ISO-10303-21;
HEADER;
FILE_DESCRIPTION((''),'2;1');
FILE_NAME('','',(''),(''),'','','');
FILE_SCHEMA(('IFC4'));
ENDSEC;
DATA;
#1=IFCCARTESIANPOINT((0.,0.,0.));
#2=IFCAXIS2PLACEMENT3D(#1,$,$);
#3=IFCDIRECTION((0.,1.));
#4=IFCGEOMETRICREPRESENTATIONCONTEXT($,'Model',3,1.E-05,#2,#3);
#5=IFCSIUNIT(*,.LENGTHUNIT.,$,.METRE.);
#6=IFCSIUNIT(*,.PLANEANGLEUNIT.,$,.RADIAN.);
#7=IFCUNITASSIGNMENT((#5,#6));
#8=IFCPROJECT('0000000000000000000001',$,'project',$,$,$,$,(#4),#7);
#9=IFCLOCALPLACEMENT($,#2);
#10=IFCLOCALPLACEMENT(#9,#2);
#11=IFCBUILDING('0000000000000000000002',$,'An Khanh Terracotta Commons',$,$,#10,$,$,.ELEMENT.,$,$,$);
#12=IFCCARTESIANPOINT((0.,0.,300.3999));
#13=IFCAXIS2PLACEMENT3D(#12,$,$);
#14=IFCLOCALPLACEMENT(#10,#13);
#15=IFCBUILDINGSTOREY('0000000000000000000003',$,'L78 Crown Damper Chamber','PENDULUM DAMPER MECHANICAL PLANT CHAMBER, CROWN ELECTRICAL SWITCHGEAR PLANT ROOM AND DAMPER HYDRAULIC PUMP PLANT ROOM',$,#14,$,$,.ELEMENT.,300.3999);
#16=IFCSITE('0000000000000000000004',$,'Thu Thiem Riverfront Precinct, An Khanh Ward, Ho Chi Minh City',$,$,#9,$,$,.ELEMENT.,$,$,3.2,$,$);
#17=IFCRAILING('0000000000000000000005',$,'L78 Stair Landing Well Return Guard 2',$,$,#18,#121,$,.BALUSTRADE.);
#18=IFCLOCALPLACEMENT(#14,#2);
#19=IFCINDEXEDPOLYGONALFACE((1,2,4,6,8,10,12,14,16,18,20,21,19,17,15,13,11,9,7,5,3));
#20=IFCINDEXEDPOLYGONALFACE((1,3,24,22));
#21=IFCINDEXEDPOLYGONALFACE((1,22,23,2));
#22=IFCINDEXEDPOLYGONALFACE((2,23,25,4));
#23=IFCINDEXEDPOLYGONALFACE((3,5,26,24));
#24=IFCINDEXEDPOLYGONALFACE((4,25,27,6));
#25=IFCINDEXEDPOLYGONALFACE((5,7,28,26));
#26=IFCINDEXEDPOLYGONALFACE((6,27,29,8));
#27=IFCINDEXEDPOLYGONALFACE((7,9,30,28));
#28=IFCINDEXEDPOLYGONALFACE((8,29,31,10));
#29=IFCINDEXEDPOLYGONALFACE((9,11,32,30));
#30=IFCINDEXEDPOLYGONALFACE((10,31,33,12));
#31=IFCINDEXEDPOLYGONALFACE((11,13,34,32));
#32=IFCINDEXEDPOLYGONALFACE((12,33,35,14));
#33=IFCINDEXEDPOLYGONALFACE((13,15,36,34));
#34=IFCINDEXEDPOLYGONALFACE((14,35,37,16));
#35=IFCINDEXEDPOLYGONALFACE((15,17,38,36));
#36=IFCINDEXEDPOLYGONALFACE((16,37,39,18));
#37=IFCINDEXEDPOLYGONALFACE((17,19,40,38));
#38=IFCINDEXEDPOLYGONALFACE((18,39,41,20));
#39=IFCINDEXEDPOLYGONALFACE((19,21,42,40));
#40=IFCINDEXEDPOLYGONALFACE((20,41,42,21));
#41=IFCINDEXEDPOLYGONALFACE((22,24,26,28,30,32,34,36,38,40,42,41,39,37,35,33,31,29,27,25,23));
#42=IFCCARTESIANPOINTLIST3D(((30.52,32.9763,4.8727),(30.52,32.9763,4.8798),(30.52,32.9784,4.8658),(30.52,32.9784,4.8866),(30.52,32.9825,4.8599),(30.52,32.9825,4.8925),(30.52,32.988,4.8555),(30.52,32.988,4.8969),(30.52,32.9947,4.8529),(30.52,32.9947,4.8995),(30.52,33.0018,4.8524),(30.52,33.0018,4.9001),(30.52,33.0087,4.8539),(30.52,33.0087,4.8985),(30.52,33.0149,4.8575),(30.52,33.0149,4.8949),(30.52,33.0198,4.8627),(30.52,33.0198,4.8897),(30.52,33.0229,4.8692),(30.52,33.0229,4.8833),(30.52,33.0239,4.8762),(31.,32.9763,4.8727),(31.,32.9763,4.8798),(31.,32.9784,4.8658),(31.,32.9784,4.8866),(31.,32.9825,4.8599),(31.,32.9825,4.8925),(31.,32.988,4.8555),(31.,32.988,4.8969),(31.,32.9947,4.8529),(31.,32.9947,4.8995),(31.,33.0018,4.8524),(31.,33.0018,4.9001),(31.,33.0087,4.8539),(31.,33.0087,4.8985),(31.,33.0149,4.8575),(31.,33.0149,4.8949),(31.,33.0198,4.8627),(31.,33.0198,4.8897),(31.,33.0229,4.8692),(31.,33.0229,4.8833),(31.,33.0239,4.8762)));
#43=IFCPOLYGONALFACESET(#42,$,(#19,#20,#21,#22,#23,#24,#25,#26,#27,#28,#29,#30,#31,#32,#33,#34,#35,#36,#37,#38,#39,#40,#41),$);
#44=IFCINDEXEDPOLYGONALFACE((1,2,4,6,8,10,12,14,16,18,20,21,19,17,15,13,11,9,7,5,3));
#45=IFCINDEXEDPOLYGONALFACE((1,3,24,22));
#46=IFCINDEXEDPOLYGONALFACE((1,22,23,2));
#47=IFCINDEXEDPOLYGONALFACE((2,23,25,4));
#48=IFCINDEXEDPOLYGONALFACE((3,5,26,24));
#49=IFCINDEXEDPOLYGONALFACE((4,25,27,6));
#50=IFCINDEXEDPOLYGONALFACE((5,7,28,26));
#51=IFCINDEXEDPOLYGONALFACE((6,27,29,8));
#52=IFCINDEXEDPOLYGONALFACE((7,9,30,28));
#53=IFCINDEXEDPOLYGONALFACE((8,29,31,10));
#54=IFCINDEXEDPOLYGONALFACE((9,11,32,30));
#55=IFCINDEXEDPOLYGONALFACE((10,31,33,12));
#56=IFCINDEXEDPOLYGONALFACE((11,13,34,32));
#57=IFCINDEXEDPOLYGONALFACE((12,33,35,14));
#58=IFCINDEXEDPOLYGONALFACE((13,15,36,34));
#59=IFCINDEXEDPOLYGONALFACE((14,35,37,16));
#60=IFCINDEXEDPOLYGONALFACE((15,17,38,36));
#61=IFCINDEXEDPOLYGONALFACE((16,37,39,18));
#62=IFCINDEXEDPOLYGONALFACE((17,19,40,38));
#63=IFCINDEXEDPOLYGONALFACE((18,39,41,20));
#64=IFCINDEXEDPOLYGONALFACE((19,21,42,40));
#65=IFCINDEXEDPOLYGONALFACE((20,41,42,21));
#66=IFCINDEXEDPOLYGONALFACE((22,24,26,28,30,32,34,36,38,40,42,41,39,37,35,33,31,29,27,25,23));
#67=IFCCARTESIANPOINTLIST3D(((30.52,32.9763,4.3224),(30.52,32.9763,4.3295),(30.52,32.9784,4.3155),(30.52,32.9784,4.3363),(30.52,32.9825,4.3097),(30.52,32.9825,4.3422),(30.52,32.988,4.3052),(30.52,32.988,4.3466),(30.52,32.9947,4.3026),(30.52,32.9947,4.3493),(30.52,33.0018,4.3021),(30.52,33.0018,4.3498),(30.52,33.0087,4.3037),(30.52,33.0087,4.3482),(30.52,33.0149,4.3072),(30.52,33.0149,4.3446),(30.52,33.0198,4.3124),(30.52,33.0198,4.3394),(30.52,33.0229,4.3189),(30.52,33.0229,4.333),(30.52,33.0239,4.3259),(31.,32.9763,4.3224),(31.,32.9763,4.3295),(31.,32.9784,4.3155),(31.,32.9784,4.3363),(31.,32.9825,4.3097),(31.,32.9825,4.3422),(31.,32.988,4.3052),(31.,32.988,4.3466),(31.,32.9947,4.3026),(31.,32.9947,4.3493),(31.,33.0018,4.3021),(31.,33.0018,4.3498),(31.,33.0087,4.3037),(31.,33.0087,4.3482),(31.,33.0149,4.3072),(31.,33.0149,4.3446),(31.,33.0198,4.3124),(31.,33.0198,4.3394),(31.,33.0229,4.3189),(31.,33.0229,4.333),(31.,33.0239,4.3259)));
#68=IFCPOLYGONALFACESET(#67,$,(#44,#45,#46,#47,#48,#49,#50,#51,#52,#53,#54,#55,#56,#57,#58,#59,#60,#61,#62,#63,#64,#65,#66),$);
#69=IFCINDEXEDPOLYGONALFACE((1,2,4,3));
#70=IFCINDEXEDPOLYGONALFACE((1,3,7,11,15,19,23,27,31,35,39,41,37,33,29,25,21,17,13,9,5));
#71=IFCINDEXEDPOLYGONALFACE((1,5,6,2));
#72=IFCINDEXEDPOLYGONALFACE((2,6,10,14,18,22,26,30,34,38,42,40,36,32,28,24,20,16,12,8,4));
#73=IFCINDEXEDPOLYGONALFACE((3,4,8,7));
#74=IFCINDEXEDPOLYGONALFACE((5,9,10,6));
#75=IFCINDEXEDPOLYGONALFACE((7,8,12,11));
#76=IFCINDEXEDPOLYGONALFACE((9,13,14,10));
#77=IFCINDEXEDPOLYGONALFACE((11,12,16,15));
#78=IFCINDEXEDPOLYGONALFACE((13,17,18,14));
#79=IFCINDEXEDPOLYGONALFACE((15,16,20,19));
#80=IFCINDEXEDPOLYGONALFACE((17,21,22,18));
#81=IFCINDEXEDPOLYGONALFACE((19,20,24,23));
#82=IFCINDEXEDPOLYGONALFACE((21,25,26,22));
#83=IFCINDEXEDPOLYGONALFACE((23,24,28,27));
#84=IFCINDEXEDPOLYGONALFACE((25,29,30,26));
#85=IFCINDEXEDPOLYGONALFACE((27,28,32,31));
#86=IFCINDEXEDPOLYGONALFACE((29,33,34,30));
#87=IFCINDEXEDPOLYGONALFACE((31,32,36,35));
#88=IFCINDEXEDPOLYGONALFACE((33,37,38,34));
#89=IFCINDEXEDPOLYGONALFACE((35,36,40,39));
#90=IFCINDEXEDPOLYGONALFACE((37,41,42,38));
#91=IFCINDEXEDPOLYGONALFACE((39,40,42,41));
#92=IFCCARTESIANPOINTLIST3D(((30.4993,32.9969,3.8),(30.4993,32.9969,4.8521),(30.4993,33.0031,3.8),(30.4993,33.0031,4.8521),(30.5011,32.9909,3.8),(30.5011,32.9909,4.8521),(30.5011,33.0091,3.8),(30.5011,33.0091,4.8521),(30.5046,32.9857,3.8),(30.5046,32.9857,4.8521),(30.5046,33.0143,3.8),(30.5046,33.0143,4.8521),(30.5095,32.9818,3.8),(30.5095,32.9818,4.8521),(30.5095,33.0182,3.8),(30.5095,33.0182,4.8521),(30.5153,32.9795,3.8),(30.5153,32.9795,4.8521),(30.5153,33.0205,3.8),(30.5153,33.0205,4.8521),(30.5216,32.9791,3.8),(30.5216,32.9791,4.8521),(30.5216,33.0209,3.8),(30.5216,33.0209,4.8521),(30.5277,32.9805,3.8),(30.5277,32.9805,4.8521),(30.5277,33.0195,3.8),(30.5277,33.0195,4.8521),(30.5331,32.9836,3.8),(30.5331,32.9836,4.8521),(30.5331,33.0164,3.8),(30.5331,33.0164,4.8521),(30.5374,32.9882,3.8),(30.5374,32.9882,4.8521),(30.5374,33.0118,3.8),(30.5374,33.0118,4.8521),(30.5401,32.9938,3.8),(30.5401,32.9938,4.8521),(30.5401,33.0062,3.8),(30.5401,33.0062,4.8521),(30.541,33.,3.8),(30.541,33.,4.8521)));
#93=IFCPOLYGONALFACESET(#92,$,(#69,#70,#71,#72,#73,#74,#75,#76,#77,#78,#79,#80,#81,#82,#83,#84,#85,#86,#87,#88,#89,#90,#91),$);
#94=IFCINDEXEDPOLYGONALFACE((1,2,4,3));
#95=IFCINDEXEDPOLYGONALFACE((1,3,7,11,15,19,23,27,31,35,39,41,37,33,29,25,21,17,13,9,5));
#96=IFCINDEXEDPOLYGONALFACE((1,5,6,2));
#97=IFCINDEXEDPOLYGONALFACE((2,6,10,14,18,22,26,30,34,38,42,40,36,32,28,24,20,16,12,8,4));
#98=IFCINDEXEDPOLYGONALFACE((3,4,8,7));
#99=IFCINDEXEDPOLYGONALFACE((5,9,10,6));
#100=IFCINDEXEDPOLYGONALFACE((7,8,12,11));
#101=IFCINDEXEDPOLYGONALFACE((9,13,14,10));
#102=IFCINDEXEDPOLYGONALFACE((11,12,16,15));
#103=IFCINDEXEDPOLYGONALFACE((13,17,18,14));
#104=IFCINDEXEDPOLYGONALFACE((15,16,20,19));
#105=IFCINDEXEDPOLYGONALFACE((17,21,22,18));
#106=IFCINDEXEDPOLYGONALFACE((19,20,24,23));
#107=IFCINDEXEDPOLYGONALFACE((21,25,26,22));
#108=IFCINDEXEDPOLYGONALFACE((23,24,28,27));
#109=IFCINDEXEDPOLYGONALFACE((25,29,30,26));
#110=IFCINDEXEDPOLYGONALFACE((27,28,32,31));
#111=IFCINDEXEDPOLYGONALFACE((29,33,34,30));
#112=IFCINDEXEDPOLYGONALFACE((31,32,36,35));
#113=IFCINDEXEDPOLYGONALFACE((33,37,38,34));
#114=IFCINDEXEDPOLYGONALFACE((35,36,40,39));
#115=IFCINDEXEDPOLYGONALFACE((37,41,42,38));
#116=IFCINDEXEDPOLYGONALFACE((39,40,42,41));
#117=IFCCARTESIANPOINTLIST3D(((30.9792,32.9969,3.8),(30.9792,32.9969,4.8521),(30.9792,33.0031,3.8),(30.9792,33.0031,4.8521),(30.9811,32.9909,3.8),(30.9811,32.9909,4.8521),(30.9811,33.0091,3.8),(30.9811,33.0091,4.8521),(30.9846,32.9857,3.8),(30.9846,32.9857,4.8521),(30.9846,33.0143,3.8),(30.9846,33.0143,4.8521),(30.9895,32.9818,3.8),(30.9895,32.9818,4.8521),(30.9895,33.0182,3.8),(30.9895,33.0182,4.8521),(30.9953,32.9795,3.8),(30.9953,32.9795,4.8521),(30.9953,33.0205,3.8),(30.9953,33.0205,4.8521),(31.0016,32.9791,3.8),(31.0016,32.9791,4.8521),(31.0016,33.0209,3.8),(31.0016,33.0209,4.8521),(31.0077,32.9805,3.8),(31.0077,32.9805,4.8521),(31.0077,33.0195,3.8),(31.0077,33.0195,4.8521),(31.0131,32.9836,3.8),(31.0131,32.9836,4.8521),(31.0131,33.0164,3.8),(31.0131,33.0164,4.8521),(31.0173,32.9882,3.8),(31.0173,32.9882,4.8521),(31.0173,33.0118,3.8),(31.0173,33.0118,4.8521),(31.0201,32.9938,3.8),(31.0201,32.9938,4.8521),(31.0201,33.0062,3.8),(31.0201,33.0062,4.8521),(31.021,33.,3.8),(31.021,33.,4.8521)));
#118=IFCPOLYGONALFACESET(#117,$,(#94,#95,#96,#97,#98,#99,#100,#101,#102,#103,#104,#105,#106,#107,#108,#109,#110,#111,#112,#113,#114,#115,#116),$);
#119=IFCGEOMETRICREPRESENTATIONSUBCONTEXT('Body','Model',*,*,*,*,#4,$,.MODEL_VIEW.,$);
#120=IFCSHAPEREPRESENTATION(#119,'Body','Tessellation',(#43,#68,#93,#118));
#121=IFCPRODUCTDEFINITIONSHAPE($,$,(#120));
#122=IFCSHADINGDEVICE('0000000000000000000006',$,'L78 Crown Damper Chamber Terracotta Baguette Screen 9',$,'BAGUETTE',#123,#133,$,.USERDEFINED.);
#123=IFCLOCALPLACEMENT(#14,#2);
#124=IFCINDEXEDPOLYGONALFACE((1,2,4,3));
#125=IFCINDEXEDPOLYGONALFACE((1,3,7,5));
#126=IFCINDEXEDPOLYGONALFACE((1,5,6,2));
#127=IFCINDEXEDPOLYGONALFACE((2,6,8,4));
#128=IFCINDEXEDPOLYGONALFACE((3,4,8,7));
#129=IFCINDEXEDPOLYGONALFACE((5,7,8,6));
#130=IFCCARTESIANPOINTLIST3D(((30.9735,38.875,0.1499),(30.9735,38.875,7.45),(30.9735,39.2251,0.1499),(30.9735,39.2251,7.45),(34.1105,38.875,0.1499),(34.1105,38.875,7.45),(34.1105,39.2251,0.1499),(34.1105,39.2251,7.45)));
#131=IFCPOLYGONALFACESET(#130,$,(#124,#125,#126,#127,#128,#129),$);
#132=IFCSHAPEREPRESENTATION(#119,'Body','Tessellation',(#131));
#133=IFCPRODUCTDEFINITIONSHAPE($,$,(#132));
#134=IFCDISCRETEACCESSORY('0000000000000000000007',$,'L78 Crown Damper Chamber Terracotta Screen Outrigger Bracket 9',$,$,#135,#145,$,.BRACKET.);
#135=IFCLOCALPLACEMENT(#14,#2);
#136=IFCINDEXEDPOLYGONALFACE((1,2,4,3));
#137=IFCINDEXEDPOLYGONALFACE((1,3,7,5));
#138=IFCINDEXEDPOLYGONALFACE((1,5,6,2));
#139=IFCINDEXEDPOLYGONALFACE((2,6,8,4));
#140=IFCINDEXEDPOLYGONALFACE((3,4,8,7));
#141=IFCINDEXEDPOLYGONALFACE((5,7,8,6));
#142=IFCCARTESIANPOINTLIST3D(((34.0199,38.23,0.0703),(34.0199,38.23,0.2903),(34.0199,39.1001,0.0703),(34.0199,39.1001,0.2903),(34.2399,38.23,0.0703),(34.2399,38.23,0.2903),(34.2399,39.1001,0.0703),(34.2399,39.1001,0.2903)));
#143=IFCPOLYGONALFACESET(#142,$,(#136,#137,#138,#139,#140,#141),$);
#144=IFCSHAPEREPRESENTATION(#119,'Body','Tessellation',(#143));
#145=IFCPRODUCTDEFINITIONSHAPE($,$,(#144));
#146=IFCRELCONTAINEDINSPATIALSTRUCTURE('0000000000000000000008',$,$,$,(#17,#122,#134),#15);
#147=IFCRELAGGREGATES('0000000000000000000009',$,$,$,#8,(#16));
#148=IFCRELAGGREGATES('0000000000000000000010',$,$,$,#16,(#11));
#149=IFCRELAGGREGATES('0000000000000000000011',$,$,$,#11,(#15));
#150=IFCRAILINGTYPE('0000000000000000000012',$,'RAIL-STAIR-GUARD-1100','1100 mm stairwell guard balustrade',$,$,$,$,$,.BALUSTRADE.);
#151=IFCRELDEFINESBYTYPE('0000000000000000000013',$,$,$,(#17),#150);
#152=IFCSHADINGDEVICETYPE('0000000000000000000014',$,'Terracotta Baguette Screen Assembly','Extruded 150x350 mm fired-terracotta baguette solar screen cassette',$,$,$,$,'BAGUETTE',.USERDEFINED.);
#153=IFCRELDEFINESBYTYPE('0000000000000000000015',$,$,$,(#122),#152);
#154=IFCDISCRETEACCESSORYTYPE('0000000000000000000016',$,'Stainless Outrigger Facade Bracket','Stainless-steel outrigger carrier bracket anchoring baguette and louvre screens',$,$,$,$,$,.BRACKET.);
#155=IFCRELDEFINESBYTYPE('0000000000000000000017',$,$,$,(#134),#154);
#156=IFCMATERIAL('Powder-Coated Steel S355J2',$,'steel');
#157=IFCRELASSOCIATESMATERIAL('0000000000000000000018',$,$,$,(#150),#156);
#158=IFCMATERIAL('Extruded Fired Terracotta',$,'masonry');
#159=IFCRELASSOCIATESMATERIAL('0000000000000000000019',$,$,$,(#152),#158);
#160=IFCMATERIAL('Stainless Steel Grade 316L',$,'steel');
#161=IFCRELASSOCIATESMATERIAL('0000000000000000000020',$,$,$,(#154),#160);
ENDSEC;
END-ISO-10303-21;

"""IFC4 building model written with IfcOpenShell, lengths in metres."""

from ifc_helpers import new_model, si_unit, direction, frame, origin, origin_2d, place, context, subcontext, project, spatial, rectangle, circle, extrude, material, type_object, element, save


model = new_model("IFC4")

# Units and contexts
model_context = context("Model", 3, precision=1e-05, world=origin(), true_north=direction((0.0, 1.0)))
body_context = subcontext(model_context, "Body", "Model", "MODEL_VIEW")
ifc_project = project(units=[si_unit("LENGTHUNIT", "METRE"), si_unit("PLANEANGLEUNIT", "RADIAN")], contexts=[model_context])

# Site, building, storey
site_placement = place(None, origin())
site = spatial("IfcSite", under=ifc_project, at=site_placement, Name="Thu Thiem Riverfront Precinct, An Khanh Ward, Ho Chi Minh City", CompositionType="ELEMENT", RefElevation=3.2)
building_placement = place(site_placement, origin())
building = spatial("IfcBuilding", under=site, at=building_placement, Name="An Khanh Terracotta Commons", CompositionType="ELEMENT")
storey_placement = place(building_placement, frame((0.0, 0.0, 300.3999)))
storey = spatial("IfcBuildingStorey", under=building, at=storey_placement, Name="L78 Crown Damper Chamber", Description="PENDULUM DAMPER MECHANICAL PLANT CHAMBER, CROWN ELECTRICAL SWITCHGEAR PLANT ROOM AND DAMPER HYDRAULIC PUMP PLANT ROOM", CompositionType="ELEMENT", Elevation=300.3999)

# Railing
ifc_material_1 = material(Name="Powder-Coated Steel S355J2", Category="steel")
railing_type_1 = type_object("IfcRailingType", Name="RAIL-STAIR-GUARD-1100", Description="1100 mm stairwell guard balustrade", PredefinedType="BALUSTRADE", material=ifc_material_1)
railing_1_placement = place(storey_placement, frame((30.52, 33.0, 3.8)))
element("IfcRailing", 1, at=railing_1_placement, inside=storey, type_object=railing_type_1, Name="L78 Stair Landing Well Return Guard 2", PredefinedType="BALUSTRADE", context=body_context, shape_type="SweptSolid", body=[
    extrude(circle(Radius=0.0239, at=origin_2d()), frame((0.0, 0.0, 1.0762), z_axis=(1.0, 0.0, 0.0), x_axis=(0.0, 1.0, 0.0)), (0.0, 0.0, 1.0), 0.48),
    extrude(circle(Radius=0.0239, at=origin_2d()), frame((0.0, 0.0, 0.5259), z_axis=(1.0, 0.0, 0.0), x_axis=(0.0, 1.0, 0.0)), (0.0, 0.0, 1.0), 0.48),
    extrude(circle(Radius=0.021, at=origin_2d()), origin(), (0.0, 0.0, 1.0), 1.052),
    extrude(circle(Radius=0.021, at=origin_2d()), frame((0.48, 0.0, 0.0)), (0.0, 0.0, 1.0), 1.052),
])

# Shading device
ifc_material_2 = material(Name="Extruded Fired Terracotta", Category="masonry")
shading_device_type = type_object("IfcShadingDeviceType", Name="Terracotta Baguette Screen Assembly", Description="Extruded 150x350 mm fired-terracotta baguette solar screen cassette", ElementType="BAGUETTE", PredefinedType="USERDEFINED", material=ifc_material_2)
shading_device_placement = place(storey_placement, frame((32.542, 39.05, 0.1499), z_axis=(0.0, 0.0, 1.0), x_axis=(-1.0, 0.0, 0.0)))
element("IfcShadingDevice", 2, at=shading_device_placement, inside=storey, type_object=shading_device_type, Name="L78 Crown Damper Chamber Terracotta Baguette Screen 9", ObjectType="BAGUETTE", PredefinedType="USERDEFINED", context=body_context, shape_type="SweptSolid", body=[
    extrude(rectangle(XDim=3.137, YDim=0.3501, at=origin_2d()), origin(), (0.0, 0.0, 1.0), 7.3),
])

# Discrete accessory
ifc_material_3 = material(Name="Stainless Steel Grade 316L", Category="steel")
discrete_accessory_type = type_object("IfcDiscreteAccessoryType", Name="Stainless Outrigger Facade Bracket", Description="Stainless-steel outrigger carrier bracket anchoring baguette and louvre screens", PredefinedType="BRACKET", material=ifc_material_3)
discrete_accessory_placement = place(storey_placement, frame((34.1299, 38.665, 0.0703), z_axis=(0.0, 0.0, 1.0), x_axis=(-1.0, 0.0, 0.0)))
element("IfcDiscreteAccessory", 3, at=discrete_accessory_placement, inside=storey, type_object=discrete_accessory_type, Name="L78 Crown Damper Chamber Terracotta Screen Outrigger Bracket 9", PredefinedType="BRACKET", context=body_context, shape_type="SweptSolid", body=[
    extrude(rectangle(XDim=0.22, YDim=0.8701, at=origin_2d()), origin(), (0.0, 0.0, 1.0), 0.22),
])

save(model, "model.ifc")
